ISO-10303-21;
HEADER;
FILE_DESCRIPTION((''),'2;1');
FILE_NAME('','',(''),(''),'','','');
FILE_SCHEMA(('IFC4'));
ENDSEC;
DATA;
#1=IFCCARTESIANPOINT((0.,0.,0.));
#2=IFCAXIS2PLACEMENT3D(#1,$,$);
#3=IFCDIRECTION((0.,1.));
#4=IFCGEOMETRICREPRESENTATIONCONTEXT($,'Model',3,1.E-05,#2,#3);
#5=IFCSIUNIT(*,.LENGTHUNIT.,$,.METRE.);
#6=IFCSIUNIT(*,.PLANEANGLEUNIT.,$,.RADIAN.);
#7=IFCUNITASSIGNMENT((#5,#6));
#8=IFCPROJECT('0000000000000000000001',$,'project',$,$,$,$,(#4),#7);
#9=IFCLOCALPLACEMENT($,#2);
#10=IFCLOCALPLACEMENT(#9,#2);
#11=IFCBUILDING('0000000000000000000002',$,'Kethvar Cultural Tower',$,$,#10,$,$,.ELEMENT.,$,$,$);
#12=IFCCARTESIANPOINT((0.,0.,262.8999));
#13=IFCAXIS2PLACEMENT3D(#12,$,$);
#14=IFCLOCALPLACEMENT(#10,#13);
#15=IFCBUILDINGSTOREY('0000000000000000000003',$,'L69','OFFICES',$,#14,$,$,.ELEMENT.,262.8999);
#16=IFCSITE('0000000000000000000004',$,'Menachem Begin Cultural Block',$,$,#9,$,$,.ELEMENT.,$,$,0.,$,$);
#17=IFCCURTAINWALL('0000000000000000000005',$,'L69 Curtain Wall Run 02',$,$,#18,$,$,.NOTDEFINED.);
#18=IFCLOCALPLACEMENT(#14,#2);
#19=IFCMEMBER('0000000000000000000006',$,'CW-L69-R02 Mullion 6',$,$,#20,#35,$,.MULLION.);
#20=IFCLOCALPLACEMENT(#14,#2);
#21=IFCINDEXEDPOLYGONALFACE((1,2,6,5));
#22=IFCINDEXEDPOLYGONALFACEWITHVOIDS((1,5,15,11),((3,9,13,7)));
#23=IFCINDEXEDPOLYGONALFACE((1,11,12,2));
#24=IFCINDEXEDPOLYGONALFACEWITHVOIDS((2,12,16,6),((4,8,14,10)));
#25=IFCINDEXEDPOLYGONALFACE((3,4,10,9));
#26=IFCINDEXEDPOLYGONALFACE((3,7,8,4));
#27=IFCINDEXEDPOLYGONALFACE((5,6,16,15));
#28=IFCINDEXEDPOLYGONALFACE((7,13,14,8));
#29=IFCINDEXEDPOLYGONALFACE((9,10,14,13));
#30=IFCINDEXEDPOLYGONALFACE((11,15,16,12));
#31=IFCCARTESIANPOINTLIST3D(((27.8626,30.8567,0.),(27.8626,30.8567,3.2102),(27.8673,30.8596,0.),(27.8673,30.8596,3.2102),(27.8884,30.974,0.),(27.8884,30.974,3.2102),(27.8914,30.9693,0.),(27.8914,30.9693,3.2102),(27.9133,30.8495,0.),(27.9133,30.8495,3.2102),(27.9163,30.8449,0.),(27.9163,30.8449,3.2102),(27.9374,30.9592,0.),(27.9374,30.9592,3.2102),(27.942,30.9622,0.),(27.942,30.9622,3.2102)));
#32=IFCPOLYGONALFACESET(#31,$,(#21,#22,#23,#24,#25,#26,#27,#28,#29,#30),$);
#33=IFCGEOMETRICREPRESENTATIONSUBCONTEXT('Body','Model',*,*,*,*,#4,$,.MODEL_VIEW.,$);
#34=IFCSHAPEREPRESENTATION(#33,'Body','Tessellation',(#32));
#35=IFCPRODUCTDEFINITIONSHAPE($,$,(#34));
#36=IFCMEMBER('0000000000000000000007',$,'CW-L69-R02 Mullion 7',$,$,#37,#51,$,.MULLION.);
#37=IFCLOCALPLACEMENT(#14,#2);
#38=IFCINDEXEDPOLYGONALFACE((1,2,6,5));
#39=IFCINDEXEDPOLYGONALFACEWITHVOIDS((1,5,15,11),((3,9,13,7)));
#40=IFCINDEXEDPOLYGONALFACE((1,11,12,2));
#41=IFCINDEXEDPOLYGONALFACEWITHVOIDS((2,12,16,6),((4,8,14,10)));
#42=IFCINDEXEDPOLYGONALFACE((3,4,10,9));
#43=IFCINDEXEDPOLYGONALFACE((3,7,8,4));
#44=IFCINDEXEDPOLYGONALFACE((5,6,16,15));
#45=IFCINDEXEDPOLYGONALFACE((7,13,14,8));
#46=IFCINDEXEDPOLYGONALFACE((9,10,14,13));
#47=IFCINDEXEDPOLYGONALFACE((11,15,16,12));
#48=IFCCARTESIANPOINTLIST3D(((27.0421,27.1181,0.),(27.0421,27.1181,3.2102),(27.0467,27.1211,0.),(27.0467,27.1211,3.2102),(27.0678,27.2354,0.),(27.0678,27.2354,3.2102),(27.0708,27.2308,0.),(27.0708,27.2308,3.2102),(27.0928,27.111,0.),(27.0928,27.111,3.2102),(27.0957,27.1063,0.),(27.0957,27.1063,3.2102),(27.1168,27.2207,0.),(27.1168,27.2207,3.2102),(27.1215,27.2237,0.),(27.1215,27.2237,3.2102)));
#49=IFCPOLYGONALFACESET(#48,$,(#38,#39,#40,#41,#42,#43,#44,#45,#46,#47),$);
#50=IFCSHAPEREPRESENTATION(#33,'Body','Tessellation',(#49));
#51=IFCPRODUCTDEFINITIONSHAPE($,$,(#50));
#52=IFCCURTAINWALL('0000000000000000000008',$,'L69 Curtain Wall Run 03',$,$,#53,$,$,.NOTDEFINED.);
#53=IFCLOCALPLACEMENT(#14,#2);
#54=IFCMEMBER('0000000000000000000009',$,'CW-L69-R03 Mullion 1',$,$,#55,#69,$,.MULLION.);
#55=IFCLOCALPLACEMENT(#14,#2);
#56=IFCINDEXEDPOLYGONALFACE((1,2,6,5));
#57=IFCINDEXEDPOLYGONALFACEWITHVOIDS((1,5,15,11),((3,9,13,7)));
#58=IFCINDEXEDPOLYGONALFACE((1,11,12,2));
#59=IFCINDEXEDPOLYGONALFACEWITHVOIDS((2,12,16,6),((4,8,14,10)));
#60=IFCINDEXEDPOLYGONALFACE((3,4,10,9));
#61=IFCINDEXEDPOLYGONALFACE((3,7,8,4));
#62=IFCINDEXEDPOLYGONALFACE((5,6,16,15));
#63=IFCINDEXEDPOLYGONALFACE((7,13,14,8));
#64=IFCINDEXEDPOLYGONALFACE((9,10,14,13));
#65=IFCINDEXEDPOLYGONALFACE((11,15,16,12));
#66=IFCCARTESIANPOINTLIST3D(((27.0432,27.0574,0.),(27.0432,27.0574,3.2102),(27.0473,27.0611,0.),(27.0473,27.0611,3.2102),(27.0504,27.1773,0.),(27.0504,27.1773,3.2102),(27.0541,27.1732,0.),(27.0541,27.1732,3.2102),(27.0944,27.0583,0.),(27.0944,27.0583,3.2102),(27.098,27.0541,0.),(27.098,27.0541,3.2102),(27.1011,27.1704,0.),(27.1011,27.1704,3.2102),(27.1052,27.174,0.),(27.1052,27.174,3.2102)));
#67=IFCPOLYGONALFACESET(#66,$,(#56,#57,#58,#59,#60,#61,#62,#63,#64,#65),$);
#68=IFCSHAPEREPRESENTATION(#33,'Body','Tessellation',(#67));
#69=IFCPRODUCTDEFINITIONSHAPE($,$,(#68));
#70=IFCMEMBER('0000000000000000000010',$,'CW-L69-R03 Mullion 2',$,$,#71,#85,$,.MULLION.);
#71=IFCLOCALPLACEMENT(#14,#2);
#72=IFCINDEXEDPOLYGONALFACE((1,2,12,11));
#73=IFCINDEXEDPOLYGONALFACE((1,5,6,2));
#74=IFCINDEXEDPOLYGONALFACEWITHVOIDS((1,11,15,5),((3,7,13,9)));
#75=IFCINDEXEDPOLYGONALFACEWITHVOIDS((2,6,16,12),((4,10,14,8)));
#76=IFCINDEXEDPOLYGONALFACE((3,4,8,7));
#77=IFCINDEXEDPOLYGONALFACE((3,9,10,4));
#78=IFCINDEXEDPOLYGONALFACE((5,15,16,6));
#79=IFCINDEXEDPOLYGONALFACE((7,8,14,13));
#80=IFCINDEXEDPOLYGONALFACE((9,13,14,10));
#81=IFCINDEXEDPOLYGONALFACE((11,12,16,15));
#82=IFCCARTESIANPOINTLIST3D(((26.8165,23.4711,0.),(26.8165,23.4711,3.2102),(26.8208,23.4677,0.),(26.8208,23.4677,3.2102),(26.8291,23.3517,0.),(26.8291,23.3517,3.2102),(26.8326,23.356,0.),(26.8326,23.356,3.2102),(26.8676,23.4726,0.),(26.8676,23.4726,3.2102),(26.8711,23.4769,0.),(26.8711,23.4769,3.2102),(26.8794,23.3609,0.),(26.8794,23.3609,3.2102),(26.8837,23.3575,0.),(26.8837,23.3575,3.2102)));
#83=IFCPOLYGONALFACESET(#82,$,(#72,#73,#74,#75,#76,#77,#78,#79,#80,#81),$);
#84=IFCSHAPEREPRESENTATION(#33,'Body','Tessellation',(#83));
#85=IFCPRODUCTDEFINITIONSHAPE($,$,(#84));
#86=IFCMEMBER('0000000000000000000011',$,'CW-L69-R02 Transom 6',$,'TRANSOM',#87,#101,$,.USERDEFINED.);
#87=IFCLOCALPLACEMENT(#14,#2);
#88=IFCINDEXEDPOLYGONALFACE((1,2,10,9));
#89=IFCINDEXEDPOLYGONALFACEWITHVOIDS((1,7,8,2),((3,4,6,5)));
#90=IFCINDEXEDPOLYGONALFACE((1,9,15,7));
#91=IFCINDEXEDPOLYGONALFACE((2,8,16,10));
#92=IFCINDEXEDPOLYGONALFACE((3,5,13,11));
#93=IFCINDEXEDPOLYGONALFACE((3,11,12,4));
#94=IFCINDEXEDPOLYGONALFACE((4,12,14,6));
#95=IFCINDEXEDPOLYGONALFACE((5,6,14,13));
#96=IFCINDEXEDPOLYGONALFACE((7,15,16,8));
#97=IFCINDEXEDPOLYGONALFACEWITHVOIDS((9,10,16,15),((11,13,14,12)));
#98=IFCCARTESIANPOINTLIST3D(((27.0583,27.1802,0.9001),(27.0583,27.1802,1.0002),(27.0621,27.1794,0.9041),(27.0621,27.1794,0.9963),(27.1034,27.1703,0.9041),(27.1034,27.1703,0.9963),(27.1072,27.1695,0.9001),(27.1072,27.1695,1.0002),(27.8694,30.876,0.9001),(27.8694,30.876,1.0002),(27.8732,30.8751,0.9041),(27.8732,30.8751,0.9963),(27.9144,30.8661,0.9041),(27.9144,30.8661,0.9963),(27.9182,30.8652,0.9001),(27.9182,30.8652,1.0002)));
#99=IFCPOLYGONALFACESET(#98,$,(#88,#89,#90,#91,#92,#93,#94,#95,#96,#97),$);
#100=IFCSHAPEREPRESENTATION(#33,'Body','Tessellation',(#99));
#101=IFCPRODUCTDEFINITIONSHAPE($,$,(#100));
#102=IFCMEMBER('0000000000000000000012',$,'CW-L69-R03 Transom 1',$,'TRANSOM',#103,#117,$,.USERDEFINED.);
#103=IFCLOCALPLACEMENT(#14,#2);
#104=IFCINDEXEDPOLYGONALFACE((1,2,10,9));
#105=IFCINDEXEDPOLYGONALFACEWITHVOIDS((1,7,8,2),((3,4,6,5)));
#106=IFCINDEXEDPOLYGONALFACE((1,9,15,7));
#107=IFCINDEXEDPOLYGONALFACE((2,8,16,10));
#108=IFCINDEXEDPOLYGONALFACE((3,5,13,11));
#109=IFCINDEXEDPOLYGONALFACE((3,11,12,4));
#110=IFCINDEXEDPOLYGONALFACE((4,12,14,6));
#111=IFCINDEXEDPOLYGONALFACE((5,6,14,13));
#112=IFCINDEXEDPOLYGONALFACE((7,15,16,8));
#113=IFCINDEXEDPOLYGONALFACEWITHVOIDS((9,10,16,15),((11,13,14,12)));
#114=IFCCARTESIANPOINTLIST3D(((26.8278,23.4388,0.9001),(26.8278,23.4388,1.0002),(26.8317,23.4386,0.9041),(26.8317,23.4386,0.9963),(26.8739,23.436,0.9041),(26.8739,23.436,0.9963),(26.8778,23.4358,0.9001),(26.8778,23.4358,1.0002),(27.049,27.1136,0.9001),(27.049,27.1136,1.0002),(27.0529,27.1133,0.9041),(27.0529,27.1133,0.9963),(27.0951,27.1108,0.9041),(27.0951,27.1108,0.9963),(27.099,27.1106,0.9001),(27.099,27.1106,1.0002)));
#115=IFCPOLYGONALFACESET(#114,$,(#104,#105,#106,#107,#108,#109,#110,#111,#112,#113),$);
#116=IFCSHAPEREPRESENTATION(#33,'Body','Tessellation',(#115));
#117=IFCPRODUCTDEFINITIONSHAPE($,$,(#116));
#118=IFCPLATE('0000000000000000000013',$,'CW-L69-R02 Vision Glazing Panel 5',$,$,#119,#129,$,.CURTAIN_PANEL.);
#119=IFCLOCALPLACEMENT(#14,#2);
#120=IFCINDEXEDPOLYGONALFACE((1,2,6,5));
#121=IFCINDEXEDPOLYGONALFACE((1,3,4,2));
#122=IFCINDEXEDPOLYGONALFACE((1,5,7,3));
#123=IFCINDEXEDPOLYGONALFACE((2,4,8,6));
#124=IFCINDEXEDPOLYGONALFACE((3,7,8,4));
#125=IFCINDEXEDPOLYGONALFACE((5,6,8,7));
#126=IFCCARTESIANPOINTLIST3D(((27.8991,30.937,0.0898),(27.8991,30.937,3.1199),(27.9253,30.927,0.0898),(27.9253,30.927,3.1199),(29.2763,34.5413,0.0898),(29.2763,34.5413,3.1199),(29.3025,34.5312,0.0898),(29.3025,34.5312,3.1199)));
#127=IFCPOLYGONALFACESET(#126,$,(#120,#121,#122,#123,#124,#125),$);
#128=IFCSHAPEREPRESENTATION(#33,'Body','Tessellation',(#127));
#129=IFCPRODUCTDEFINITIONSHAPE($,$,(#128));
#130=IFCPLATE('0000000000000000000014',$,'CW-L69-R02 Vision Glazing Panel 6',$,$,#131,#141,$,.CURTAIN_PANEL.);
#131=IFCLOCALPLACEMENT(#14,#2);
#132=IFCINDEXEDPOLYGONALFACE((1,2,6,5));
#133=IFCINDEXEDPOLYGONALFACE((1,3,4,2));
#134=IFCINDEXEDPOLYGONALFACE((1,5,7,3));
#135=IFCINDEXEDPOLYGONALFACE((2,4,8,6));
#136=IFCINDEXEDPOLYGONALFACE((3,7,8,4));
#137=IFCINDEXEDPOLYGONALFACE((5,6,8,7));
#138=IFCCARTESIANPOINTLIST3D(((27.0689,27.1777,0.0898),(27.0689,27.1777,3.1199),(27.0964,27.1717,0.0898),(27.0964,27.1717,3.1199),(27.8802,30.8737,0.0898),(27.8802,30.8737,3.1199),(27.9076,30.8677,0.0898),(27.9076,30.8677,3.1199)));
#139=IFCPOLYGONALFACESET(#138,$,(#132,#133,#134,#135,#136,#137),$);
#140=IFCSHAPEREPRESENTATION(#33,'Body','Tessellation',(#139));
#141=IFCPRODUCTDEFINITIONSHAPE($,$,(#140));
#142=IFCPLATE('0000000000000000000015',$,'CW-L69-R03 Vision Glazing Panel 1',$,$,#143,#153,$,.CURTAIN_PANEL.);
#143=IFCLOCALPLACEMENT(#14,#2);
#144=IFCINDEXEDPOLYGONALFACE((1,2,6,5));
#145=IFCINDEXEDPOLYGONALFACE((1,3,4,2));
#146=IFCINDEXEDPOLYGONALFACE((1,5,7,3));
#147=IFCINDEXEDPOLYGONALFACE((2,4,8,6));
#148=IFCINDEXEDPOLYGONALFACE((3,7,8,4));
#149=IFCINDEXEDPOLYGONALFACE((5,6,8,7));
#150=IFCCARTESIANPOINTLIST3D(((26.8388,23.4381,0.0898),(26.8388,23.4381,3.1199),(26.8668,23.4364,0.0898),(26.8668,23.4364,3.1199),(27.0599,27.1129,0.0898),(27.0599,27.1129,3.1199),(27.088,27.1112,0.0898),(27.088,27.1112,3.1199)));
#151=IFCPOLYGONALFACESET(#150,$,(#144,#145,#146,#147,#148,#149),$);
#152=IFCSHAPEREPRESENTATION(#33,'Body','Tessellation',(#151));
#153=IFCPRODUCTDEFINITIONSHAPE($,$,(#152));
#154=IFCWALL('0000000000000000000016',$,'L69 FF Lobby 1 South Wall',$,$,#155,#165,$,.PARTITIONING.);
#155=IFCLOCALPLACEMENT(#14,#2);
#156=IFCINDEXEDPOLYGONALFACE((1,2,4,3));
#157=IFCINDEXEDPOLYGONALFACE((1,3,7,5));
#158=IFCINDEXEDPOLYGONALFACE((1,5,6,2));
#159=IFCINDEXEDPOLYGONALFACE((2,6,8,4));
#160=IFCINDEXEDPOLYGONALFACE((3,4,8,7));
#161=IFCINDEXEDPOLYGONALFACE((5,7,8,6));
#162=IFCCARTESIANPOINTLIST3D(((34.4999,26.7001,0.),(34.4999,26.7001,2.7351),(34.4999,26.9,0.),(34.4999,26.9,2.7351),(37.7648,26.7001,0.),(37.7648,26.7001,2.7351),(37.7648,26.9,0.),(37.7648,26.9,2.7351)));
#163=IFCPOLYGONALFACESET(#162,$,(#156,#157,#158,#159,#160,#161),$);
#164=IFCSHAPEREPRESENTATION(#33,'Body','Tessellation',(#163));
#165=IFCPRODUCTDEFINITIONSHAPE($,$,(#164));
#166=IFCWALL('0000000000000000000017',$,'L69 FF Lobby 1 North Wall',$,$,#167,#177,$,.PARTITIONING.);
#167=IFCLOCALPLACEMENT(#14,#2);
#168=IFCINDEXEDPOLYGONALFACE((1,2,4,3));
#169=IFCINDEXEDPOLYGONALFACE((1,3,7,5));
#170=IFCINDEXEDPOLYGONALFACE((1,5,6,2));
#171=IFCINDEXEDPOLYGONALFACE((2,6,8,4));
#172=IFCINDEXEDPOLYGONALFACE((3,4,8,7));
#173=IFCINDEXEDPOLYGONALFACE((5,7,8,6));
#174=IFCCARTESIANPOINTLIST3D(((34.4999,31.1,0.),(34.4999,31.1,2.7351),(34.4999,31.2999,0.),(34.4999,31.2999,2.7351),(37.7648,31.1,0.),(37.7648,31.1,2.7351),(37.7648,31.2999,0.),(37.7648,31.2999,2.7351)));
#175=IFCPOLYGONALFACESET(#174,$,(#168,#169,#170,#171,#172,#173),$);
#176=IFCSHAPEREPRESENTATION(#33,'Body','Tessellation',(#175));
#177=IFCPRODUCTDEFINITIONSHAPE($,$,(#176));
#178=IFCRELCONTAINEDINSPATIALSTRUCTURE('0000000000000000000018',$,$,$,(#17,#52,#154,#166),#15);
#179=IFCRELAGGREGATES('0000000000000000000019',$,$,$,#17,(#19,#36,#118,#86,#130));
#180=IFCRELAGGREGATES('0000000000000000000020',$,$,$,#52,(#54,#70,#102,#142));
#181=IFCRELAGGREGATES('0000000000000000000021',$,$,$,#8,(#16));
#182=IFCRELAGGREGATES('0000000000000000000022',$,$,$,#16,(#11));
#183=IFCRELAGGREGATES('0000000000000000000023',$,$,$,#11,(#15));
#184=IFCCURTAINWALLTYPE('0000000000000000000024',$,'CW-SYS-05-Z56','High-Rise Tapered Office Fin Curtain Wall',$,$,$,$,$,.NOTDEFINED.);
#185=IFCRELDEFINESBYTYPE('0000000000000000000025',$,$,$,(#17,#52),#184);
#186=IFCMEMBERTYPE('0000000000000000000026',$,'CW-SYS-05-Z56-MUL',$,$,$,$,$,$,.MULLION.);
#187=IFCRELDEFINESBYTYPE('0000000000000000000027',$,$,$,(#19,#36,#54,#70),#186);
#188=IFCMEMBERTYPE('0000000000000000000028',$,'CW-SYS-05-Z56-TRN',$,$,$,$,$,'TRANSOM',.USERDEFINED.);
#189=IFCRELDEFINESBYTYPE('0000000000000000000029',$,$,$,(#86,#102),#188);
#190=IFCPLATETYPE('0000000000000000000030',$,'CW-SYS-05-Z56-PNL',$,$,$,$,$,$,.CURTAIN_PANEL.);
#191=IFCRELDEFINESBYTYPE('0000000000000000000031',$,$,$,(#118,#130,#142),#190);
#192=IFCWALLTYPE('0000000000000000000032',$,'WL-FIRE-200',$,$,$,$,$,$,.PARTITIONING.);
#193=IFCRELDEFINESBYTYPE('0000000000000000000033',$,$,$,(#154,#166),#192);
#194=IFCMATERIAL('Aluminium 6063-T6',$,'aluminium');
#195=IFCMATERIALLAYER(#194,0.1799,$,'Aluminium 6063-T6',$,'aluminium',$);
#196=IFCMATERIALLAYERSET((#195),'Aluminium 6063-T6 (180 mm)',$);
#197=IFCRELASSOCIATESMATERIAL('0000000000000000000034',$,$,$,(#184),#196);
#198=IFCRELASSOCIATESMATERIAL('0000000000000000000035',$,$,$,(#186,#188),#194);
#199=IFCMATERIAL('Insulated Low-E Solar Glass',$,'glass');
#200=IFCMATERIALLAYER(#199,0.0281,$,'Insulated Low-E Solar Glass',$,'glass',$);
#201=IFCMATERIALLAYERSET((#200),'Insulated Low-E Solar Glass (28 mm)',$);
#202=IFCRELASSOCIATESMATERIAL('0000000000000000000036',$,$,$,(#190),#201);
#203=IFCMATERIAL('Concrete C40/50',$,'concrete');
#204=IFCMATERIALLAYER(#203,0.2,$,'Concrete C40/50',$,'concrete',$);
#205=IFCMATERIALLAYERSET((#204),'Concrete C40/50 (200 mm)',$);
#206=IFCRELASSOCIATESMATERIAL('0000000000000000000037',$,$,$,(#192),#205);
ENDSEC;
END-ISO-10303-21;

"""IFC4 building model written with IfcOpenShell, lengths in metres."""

from ifc_helpers import new_model, si_unit, direction, frame, frame_2d, origin, origin_2d, place, context, subcontext, project, spatial, rectangle, hollow_rectangle, extrude, source, transform, mapped, material, layer, layer_set, material_profile, profile_set, type_object, element, aggregate, save


model = new_model("IFC4")

# Units and contexts
model_context = context("Model", 3, precision=1e-05, world=origin(), true_north=direction((0.0, 1.0)))
body_context = subcontext(model_context, "Body", "Model", "MODEL_VIEW")
ifc_project = project(units=[si_unit("LENGTHUNIT", "METRE"), si_unit("PLANEANGLEUNIT", "RADIAN")], contexts=[model_context])

# Site, building, storey
site_placement = place(None, origin())
site = spatial("IfcSite", under=ifc_project, at=site_placement, Name="Menachem Begin Cultural Block", CompositionType="ELEMENT", RefElevation=0.0)
building_placement = place(site_placement, origin())
building = spatial("IfcBuilding", under=site, at=building_placement, Name="Kethvar Cultural Tower", CompositionType="ELEMENT")
storey_placement = place(building_placement, frame((0.0, 0.0, 262.8999)))
storey = spatial("IfcBuildingStorey", under=building, at=storey_placement, Name="L69", Description="OFFICES", CompositionType="ELEMENT", Elevation=262.8999)

# Curtain walls, members
ifc_material_1 = material(Name="Aluminium 6063-T6", Category="aluminium")
ifc_layer_1 = layer(ifc_material_1, 0.1799, Name="Aluminium 6063-T6", Category="aluminium")
ifc_layer_set_1 = layer_set([ifc_layer_1], Name="Aluminium 6063-T6 (180 mm)")
curtain_wall_type = type_object("IfcCurtainWallType", Name="CW-SYS-05-Z56", Description="High-Rise Tapered Office Fin Curtain Wall", PredefinedType="NOTDEFINED", material=ifc_layer_set_1)
curtain_wall_1_placement = place(storey_placement, origin())
curtain_wall_1 = element("IfcCurtainWall", 1, at=curtain_wall_1_placement, inside=storey, type_object=curtain_wall_type, Name="L69 Curtain Wall Run 02", PredefinedType="NOTDEFINED")
ifc_material_profile_1 = material_profile(ifc_material_1, hollow_rectangle(XDim=0.0549, YDim=0.1201, WallThickness=0.0039, at=origin_2d()), Name="Aluminium 6063-T6 — RHS120x55x4")
ifc_profile_set_1 = profile_set([ifc_material_profile_1], Name="Aluminium 6063-T6 — RHS120x55x4")
member_type_1 = type_object("IfcMemberType", Name="CW-SYS-05-Z56-MUL", PredefinedType="MULLION", material=ifc_profile_set_1)
shared_shape_1 = source(origin(), body_context, "Body", "SweptSolid", [
    extrude(hollow_rectangle(XDim=0.0549, YDim=0.1201, WallThickness=0.0039, at=origin_2d()), origin(), (0.0, 0.0, 1.0), 3.2102),
])
member_1_placement = place(storey_placement, frame((27.9023, 30.9094, 0.0), z_axis=(0.0, 0.0, 1.0), x_axis=(0.976747, -0.214394, 0.0)))
member_1 = element("IfcMember", 2, at=member_1_placement, type_object=member_type_1, Name="CW-L69-R02 Mullion 6", PredefinedType="MULLION", context=body_context, shape_type="MappedRepresentation", body=[
    mapped(shared_shape_1, transform((0.0, 0.0, 0.0), scale=1.0)),
])
member_2_placement = place(storey_placement, frame((27.0818, 27.1709, 0.0), z_axis=(0.0, 0.0, 1.0), x_axis=(0.976747, -0.214394, 0.0)))
member_2 = element("IfcMember", 3, at=member_2_placement, type_object=member_type_1, Name="CW-L69-R02 Mullion 7", PredefinedType="MULLION", context=body_context, shape_type="MappedRepresentation", body=[
    mapped(shared_shape_1, transform((0.0, 0.0, 0.0), scale=1.0)),
])
curtain_wall_2_placement = place(storey_placement, origin())
curtain_wall_2 = element("IfcCurtainWall", 4, at=curtain_wall_2_placement, inside=storey, type_object=curtain_wall_type, Name="L69 Curtain Wall Run 03", PredefinedType="NOTDEFINED")
member_3_placement = place(storey_placement, frame((27.0742, 27.1157, 0.0), z_axis=(0.0, 0.0, 1.0), x_axis=(0.998194, -0.060073, 0.0)))
member_3 = element("IfcMember", 5, at=member_3_placement, type_object=member_type_1, Name="CW-L69-R03 Mullion 1", PredefinedType="MULLION", context=body_context, shape_type="MappedRepresentation", body=[
    mapped(shared_shape_1, transform((0.0, 0.0, 0.0), scale=1.0)),
])
member_4_placement = place(storey_placement, frame((26.8501, 23.4143, 0.0), z_axis=(0.0, 0.0, 1.0), x_axis=(0.994441, 0.105292, 0.0)))
member_4 = element("IfcMember", 6, at=member_4_placement, type_object=member_type_1, Name="CW-L69-R03 Mullion 2", PredefinedType="MULLION", context=body_context, shape_type="MappedRepresentation", body=[
    mapped(shared_shape_1, transform((0.0, 0.0, 0.0), scale=1.0)),
])

# Members
ifc_material_profile_2 = material_profile(ifc_material_1, hollow_rectangle(XDim=0.05, YDim=0.1001, WallThickness=0.0039, at=origin_2d()), Name="Aluminium 6063-T6 — RHS100x50x4")
ifc_profile_set_2 = profile_set([ifc_material_profile_2], Name="Aluminium 6063-T6 — RHS100x50x4")
member_type_2 = type_object("IfcMemberType", Name="CW-SYS-05-Z56-TRN", ElementType="TRANSOM", PredefinedType="USERDEFINED", material=ifc_profile_set_2)
shared_shape_2 = source(origin(), body_context, "Body", "SweptSolid", [
    extrude(hollow_rectangle(XDim=0.05, YDim=0.1001, WallThickness=0.0039, at=origin_2d()), origin(), (0.0, 0.0, 1.0), 3.7837),
])
member_5_placement = place(storey_placement, frame((27.8938, 30.8706, 0.9502), z_axis=(-0.214347, -0.976758, 0.0), x_axis=(0.976758, -0.214347, 0.0)))
member_5 = element("IfcMember", 7, at=member_5_placement, type_object=member_type_2, Name="CW-L69-R02 Transom 6", ObjectType="TRANSOM", PredefinedType="USERDEFINED", context=body_context, shape_type="MappedRepresentation", body=[
    mapped(shared_shape_2, transform((0.0, 0.0, 0.0), scale=1.0)),
])
shared_shape_3 = source(origin(), body_context, "Body", "SweptSolid", [
    extrude(hollow_rectangle(XDim=0.05, YDim=0.1001, WallThickness=0.0039, at=origin_2d()), origin(), (0.0, 0.0, 1.0), 3.6814),
])
member_6_placement = place(storey_placement, frame((27.074, 27.1121, 0.9502), z_axis=(-0.060083, -0.998193, 0.0), x_axis=(0.998193, -0.060083, 0.0)))
member_6 = element("IfcMember", 8, at=member_6_placement, type_object=member_type_2, Name="CW-L69-R03 Transom 1", ObjectType="TRANSOM", PredefinedType="USERDEFINED", context=body_context, shape_type="MappedRepresentation", body=[
    mapped(shared_shape_3, transform((0.0, 0.0, 0.0), scale=1.0)),
])

# Plates
ifc_material_2 = material(Name="Insulated Low-E Solar Glass", Category="glass")
ifc_layer_2 = layer(ifc_material_2, 0.0281, Name="Insulated Low-E Solar Glass", Category="glass")
ifc_layer_set_2 = layer_set([ifc_layer_2], Name="Insulated Low-E Solar Glass (28 mm)")
plate_type = type_object("IfcPlateType", Name="CW-SYS-05-Z56-PNL", PredefinedType="CURTAIN_PANEL", material=ifc_layer_set_2)
shared_shape_4 = source(origin(), body_context, "Body", "SweptSolid", [
    extrude(rectangle(XDim=3.8584, YDim=0.0281, at=origin_2d()), origin(), (0.0, 0.0, 1.0), 3.03),
])
plate_1_placement = place(storey_placement, frame((28.6008, 32.7341, 0.0898), z_axis=(0.0, 0.0, 1.0), x_axis=(-0.356934, -0.93413, 0.0)))
plate_1 = element("IfcPlate", 9, at=plate_1_placement, type_object=plate_type, Name="CW-L69-R02 Vision Glazing Panel 5", PredefinedType="CURTAIN_PANEL", context=body_context, shape_type="MappedRepresentation", body=[
    mapped(shared_shape_4, transform((0.0, 0.0, 0.0), scale=1.0)),
])
shared_shape_5 = source(origin(), body_context, "Body", "SweptSolid", [
    extrude(rectangle(XDim=3.7839, YDim=0.0281, at=origin_2d()), origin(), (0.0, 0.0, 1.0), 3.03),
])
plate_2_placement = place(storey_placement, frame((27.4883, 29.0227, 0.0898), z_axis=(0.0, 0.0, 1.0), x_axis=(-0.214394, -0.976747, 0.0)))
plate_2 = element("IfcPlate", 10, at=plate_2_placement, type_object=plate_type, Name="CW-L69-R02 Vision Glazing Panel 6", PredefinedType="CURTAIN_PANEL", context=body_context, shape_type="MappedRepresentation", body=[
    mapped(shared_shape_5, transform((0.0, 0.0, 0.0), scale=1.0)),
])
aggregate(curtain_wall_1, [member_1, member_2, plate_1, member_5, plate_2])
shared_shape_6 = source(origin(), body_context, "Body", "SweptSolid", [
    extrude(rectangle(XDim=3.6814, YDim=0.0281, at=origin_2d()), origin(), (0.0, 0.0, 1.0), 3.03),
])
plate_3_placement = place(storey_placement, frame((26.9634, 25.2747, 0.0898), z_axis=(0.0, 0.0, 1.0), x_axis=(-0.060073, -0.998194, 0.0)))
plate_3 = element("IfcPlate", 11, at=plate_3_placement, type_object=plate_type, Name="CW-L69-R03 Vision Glazing Panel 1", PredefinedType="CURTAIN_PANEL", context=body_context, shape_type="MappedRepresentation", body=[
    mapped(shared_shape_6, transform((0.0, 0.0, 0.0), scale=1.0)),
])
aggregate(curtain_wall_2, [member_3, member_4, member_6, plate_3])

# Shared definitions
ifc_material_3 = material(Name="Concrete C40/50", Category="concrete")
ifc_layer_3 = layer(ifc_material_3, 0.2, Name="Concrete C40/50", Category="concrete")
ifc_layer_set_3 = layer_set([ifc_layer_3], Name="Concrete C40/50 (200 mm)")
wall_type_1 = type_object("IfcWallType", Name="WL-FIRE-200", PredefinedType="PARTITIONING", material=ifc_layer_set_3)

# Walls
for number, where, z_axis, x_axis, name in (
    (12, (34.5, 26.8, 0.0), (0.0, 0.0, 1.0), (1.0, 0.0, 0.0), "L69 FF Lobby 1 South Wall"),
    (13, (34.5, 31.2, 0.0), (0.0, 0.0, 1.0), (1.0, 0.0, 0.0), "L69 FF Lobby 1 North Wall"),
):
    element("IfcWall", number, at=place(storey_placement, frame(where, z_axis=z_axis, x_axis=x_axis)), inside=storey, type_object=wall_type_1, Name=name, PredefinedType="PARTITIONING", context=body_context, shape_type="SweptSolid", body=[
        extrude(rectangle(XDim=3.2649, YDim=0.2, at=frame_2d((1.6323, 0.0))), origin(), (0.0, 0.0, 1.0), 2.7351),
    ])

save(model, "model.ifc")
